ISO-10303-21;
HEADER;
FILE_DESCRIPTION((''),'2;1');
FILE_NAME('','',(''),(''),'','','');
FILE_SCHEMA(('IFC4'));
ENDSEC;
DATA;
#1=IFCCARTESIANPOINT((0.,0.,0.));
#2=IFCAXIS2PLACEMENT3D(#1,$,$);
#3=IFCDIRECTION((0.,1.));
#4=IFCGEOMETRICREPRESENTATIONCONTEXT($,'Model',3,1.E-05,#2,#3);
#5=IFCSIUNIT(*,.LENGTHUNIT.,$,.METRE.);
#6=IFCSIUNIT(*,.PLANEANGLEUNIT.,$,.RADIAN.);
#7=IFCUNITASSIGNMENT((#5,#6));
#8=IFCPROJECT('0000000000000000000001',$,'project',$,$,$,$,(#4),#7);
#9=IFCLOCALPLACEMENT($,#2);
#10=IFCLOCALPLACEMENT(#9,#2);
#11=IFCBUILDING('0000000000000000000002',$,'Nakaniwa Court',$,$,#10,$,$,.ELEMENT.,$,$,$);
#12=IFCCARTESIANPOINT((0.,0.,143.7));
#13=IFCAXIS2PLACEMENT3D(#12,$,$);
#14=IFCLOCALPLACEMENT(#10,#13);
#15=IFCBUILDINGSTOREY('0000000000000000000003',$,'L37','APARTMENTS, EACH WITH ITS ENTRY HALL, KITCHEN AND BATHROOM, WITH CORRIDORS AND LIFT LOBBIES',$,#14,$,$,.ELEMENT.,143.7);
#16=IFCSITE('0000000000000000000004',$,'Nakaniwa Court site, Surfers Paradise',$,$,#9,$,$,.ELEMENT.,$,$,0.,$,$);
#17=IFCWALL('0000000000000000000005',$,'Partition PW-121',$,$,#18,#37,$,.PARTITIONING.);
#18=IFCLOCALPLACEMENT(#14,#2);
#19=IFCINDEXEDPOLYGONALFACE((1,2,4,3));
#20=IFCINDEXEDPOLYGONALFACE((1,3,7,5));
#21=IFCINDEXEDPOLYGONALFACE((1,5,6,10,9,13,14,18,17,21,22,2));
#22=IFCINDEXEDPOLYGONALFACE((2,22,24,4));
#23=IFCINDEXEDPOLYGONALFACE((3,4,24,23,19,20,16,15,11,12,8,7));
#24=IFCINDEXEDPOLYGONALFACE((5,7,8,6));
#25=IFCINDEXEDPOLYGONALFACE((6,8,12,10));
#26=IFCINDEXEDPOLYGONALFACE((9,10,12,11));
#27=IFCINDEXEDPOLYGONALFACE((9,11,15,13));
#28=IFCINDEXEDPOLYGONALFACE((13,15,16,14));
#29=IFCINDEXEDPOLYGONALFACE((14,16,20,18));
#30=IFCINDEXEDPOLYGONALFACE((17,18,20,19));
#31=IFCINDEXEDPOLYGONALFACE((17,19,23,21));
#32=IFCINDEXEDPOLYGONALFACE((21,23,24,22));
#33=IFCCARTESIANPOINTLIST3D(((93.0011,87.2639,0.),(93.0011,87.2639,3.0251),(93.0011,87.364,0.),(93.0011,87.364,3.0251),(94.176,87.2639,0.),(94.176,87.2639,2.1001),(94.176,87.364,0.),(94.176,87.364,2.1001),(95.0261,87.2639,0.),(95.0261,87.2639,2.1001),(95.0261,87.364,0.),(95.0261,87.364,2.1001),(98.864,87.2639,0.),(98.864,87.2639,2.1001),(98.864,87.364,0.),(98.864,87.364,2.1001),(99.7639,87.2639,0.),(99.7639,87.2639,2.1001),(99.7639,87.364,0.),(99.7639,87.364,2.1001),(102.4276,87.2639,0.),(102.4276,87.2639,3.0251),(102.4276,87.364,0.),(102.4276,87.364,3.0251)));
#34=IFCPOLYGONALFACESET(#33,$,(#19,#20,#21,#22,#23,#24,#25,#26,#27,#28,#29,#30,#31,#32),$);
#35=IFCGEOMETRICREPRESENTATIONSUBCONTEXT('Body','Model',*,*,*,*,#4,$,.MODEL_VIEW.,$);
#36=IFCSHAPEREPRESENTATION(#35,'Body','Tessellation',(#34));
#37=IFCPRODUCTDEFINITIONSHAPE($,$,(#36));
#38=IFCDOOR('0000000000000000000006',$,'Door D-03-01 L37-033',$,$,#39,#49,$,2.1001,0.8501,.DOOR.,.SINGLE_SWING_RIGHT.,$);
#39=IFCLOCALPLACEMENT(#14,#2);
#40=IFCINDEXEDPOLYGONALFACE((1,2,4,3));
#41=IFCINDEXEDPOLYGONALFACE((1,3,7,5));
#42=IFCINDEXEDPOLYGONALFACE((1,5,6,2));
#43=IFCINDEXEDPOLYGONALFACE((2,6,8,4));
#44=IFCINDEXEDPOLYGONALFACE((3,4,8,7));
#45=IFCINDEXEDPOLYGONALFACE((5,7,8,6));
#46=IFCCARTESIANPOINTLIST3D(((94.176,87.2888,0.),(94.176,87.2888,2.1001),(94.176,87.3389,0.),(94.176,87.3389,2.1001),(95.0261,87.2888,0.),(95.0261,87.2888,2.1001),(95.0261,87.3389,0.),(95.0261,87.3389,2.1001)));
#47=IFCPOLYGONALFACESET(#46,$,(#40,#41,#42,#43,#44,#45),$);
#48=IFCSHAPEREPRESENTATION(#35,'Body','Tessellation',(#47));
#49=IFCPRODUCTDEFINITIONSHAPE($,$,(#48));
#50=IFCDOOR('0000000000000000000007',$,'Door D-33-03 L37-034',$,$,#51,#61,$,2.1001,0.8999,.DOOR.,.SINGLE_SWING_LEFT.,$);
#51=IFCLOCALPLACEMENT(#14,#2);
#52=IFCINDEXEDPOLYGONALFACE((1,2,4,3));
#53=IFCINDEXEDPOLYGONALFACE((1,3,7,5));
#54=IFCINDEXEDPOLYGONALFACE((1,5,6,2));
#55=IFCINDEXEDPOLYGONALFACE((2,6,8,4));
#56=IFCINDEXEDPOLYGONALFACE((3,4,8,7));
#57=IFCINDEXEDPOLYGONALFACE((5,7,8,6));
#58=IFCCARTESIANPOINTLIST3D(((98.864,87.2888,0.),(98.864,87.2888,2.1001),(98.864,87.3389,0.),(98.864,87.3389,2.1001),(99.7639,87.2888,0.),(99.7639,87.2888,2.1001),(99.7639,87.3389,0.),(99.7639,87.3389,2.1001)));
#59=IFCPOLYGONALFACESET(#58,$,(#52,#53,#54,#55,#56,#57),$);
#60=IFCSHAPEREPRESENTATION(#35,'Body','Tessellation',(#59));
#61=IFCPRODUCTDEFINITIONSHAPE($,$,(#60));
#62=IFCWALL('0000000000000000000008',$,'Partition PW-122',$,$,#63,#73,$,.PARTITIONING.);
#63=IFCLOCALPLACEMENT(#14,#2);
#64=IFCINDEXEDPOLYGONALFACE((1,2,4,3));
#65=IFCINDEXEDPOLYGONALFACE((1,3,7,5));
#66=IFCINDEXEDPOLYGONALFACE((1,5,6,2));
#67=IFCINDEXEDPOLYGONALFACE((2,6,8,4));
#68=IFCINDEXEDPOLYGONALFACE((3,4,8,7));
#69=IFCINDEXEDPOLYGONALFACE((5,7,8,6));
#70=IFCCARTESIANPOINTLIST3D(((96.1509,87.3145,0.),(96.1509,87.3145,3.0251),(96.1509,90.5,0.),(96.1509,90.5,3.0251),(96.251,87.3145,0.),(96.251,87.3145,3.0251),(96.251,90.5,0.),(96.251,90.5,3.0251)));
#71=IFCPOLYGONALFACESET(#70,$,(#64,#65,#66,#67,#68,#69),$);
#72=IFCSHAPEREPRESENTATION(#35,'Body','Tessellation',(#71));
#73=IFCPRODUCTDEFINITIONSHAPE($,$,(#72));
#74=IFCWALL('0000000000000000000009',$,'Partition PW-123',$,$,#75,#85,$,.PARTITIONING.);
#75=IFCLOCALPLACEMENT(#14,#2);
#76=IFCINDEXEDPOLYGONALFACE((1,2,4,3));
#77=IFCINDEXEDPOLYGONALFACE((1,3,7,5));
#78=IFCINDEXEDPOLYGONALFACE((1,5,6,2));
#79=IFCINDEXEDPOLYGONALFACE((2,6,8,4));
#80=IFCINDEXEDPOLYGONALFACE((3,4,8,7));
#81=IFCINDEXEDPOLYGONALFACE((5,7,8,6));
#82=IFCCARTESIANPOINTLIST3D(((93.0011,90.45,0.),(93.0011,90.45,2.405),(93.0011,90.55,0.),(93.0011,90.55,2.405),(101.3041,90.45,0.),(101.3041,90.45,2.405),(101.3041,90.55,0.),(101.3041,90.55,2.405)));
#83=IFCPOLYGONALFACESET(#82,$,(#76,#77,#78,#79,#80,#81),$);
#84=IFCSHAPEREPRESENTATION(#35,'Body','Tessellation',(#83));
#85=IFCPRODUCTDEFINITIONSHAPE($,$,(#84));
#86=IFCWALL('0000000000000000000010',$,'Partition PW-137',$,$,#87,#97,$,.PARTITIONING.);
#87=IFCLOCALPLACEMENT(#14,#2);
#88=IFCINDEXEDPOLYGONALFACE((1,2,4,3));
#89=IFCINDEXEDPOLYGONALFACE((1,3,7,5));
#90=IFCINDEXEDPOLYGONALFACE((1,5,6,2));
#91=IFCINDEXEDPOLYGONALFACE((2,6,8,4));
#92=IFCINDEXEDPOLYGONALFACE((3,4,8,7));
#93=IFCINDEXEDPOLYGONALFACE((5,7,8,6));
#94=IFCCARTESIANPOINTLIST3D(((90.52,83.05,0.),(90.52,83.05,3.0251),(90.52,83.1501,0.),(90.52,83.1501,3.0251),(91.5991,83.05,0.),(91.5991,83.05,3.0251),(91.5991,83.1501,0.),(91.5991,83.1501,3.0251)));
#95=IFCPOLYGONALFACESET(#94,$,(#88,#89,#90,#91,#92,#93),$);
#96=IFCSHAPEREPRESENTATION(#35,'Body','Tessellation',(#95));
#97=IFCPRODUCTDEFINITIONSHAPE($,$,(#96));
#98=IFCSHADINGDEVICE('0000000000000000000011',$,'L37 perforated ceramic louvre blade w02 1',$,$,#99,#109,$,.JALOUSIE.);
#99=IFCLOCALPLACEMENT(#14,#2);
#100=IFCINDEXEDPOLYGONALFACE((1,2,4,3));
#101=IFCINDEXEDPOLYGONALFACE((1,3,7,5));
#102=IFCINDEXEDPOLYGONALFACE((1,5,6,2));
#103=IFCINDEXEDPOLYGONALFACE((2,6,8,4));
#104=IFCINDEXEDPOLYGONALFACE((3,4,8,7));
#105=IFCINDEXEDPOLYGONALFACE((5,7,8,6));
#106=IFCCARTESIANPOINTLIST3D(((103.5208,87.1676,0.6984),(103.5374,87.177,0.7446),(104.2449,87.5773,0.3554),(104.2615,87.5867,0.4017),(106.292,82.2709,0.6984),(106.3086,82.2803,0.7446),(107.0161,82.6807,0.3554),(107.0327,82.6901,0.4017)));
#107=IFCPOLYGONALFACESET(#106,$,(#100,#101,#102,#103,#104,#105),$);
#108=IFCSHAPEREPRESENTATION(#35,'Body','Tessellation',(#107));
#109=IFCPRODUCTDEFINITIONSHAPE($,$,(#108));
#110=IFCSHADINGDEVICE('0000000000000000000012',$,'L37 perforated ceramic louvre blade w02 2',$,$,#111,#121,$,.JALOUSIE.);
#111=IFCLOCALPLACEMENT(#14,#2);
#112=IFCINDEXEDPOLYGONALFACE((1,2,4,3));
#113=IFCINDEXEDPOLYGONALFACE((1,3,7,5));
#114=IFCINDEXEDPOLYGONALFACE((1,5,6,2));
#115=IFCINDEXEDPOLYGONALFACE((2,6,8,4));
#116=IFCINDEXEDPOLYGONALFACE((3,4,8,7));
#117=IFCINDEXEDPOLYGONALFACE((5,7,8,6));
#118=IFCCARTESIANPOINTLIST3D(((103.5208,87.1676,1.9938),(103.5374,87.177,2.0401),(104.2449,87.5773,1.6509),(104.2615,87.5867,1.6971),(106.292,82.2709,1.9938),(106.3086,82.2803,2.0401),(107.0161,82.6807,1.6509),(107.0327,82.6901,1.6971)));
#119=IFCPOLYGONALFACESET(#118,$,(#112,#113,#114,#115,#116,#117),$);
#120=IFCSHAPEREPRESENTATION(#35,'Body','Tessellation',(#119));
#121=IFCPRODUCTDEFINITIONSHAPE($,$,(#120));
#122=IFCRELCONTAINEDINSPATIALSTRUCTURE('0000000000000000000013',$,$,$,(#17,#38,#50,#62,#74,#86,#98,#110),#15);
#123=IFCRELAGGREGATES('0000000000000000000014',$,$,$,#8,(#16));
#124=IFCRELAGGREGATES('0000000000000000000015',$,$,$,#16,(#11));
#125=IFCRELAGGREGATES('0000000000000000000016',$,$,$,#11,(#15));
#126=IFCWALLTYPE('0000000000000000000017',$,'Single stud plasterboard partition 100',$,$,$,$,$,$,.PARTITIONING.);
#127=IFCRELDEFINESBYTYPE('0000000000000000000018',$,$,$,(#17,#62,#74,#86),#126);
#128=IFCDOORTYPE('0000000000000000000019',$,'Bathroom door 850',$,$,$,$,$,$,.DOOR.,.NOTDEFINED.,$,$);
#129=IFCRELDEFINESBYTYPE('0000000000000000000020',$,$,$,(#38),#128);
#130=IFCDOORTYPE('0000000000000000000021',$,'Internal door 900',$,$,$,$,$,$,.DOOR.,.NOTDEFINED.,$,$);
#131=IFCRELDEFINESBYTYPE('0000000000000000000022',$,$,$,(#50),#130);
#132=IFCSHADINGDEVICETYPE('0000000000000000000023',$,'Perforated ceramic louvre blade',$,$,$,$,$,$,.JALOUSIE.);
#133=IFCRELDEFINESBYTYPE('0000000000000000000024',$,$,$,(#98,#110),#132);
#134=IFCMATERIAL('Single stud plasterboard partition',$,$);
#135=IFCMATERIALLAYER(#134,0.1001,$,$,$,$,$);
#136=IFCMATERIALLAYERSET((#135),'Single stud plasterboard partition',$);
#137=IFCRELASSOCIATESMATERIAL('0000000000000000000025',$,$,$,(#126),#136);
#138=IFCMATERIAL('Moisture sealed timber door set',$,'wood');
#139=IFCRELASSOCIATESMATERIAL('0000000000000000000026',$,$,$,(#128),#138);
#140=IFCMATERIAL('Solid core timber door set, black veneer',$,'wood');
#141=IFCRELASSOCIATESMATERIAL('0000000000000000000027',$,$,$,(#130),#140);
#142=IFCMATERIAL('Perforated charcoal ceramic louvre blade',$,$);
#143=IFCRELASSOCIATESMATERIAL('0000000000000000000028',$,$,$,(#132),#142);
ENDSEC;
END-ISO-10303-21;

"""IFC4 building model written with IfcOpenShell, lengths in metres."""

from ifc_helpers import new_model, si_unit, direction, frame, frame_2d, origin, origin_2d, place, context, subcontext, project, spatial, rectangle, extrude, material, layer, layer_set, material_profile, profile_set, type_object, element, fill, save


model = new_model("IFC4")

# Units and contexts
model_context = context("Model", 3, precision=1e-05, world=origin(), true_north=direction((0.0, 1.0)))
body_context = subcontext(model_context, "Body", "Model", "MODEL_VIEW")
ifc_project = project(units=[si_unit("LENGTHUNIT", "METRE"), si_unit("PLANEANGLEUNIT", "RADIAN")], contexts=[model_context])

# Site, building, storey
site_placement = place(None, origin())
site = spatial("IfcSite", under=ifc_project, at=site_placement, Name="Nakaniwa Court site, Surfers Paradise", CompositionType="ELEMENT", RefElevation=0.0)
building_placement = place(site_placement, origin())
building = spatial("IfcBuilding", under=site, at=building_placement, Name="Nakaniwa Court", CompositionType="ELEMENT")
storey_placement = place(building_placement, frame((0.0, 0.0, 143.7)))
storey = spatial("IfcBuildingStorey", under=building, at=storey_placement, Name="L37", Description="APARTMENTS, EACH WITH ITS ENTRY HALL, KITCHEN AND BATHROOM, WITH CORRIDORS AND LIFT LOBBIES", CompositionType="ELEMENT", Elevation=143.7)

# Shared definitions
ifc_material_1 = material(Name="Solid core timber door set, black veneer", Category="wood")

# Wall, openings, doors
ifc_material_2 = material(Name="Single stud plasterboard partition")
ifc_layer_1 = layer(ifc_material_2, 0.1001)
ifc_layer_set_1 = layer_set([ifc_layer_1], Name="Single stud plasterboard partition")
wall_type_1 = type_object("IfcWallType", Name="Single stud plasterboard partition 100", PredefinedType="PARTITIONING", material=ifc_layer_set_1)
wall_1_placement = place(storey_placement, frame((93.001, 87.314, 0.0), z_axis=(0.0, 0.0, 1.0), x_axis=(1.0, 0.0, 0.0)))
wall_1 = element("IfcWall", 1, at=wall_1_placement, inside=storey, type_object=wall_type_1, Name="Partition PW-121", PredefinedType="PARTITIONING", context=body_context, shape_type="SweptSolid", body=[
    extrude(rectangle(XDim=9.4265, YDim=0.1001, at=frame_2d((4.7134, 0.0))), origin(), (0.0, 0.0, 1.0), 3.0251),
])
opening_1_placement = place(wall_1_placement, frame((1.175, 0.0, 0.0)))
opening_1 = element("IfcOpeningElement", 2, at=opening_1_placement, cuts=wall_1, PredefinedType="OPENING", context=body_context, shape_type="SweptSolid", body=[
    extrude(rectangle(XDim=0.8501, YDim=2.1001, at=frame_2d((0.425, 1.05))), frame((0.0, 0.0601, 0.0), z_axis=(0.0, -1.0, 0.0), x_axis=(1.0, 0.0, 0.0)), (0.0, 0.0, 1.0), 0.1201),
])
opening_2_placement = place(wall_1_placement, frame((5.863, 0.0, 0.0)))
opening_2 = element("IfcOpeningElement", 3, at=opening_2_placement, cuts=wall_1, PredefinedType="OPENING", context=body_context, shape_type="SweptSolid", body=[
    extrude(rectangle(XDim=0.8999, YDim=2.1001, at=frame_2d((0.45, 1.05))), frame((0.0, 0.0601, 0.0), z_axis=(0.0, -1.0, 0.0), x_axis=(1.0, 0.0, 0.0)), (0.0, 0.0, 1.0), 0.1201),
])
ifc_material_3 = material(Name="Moisture sealed timber door set", Category="wood")
door_type_1 = type_object("IfcDoorType", Name="Bathroom door 850", OperationType="NOTDEFINED", PredefinedType="DOOR", material=ifc_material_3)
door_1_placement = place(opening_1_placement, origin())
door_1 = element("IfcDoor", 4, at=door_1_placement, inside=storey, type_object=door_type_1, Name="Door D-03-01 L37-033", OperationType="SINGLE_SWING_RIGHT", OverallHeight=2.1001, OverallWidth=0.8501, PredefinedType="DOOR", context=body_context, shape_type="SweptSolid", body=[
    extrude(rectangle(XDim=0.8501, YDim=2.1001, at=frame_2d((0.425, 1.05))), frame((0.0, 0.0249, 0.0), z_axis=(0.0, -1.0, 0.0), x_axis=(1.0, 0.0, 0.0)), (0.0, 0.0, 1.0), 0.05),
])
fill(opening_1, door_1)
door_type_2 = type_object("IfcDoorType", Name="Internal door 900", OperationType="NOTDEFINED", PredefinedType="DOOR", material=ifc_material_1)
door_2_placement = place(opening_2_placement, origin())
door_2 = element("IfcDoor", 5, at=door_2_placement, inside=storey, type_object=door_type_2, Name="Door D-33-03 L37-034", OperationType="SINGLE_SWING_LEFT", OverallHeight=2.1001, OverallWidth=0.8999, PredefinedType="DOOR", context=body_context, shape_type="SweptSolid", body=[
    extrude(rectangle(XDim=0.8999, YDim=2.1001, at=frame_2d((0.45, 1.05))), frame((0.0, 0.0249, 0.0), z_axis=(0.0, -1.0, 0.0), x_axis=(1.0, 0.0, 0.0)), (0.0, 0.0, 1.0), 0.05),
])
fill(opening_2, door_2)

# Walls
wall_2_placement = place(storey_placement, frame((96.2009, 87.3145, 0.0), z_axis=(0.0, 0.0, 1.0), x_axis=(0.0, 1.0, 0.0)))
element("IfcWall", 6, at=wall_2_placement, inside=storey, type_object=wall_type_1, Name="Partition PW-122", PredefinedType="PARTITIONING", context=body_context, shape_type="SweptSolid", body=[
    extrude(rectangle(XDim=3.1855, YDim=0.1001, at=frame_2d((1.5928, 0.0))), origin(), (0.0, 0.0, 1.0), 3.0251),
])
wall_3_placement = place(storey_placement, frame((93.0012, 90.5, 0.0), z_axis=(0.0, 0.0, 1.0), x_axis=(1.0, 0.0, 0.0)))
element("IfcWall", 7, at=wall_3_placement, inside=storey, type_object=wall_type_1, Name="Partition PW-123", PredefinedType="PARTITIONING", context=body_context, shape_type="SweptSolid", body=[
    extrude(rectangle(XDim=8.303, YDim=0.1001, at=frame_2d((4.1514, 0.0))), origin(), (0.0, 0.0, 1.0), 2.405),
])
wall_4_placement = place(storey_placement, frame((90.52, 83.1001, 0.0), z_axis=(0.0, 0.0, 1.0), x_axis=(1.0, 0.0, 0.0)))
element("IfcWall", 8, at=wall_4_placement, inside=storey, type_object=wall_type_1, Name="Partition PW-137", PredefinedType="PARTITIONING", context=body_context, shape_type="SweptSolid", body=[
    extrude(rectangle(XDim=1.0791, YDim=0.1001, at=frame_2d((0.5396, 0.0))), origin(), (0.0, 0.0, 1.0), 3.0251),
])

# Shading devices
ifc_material_4 = material(Name="Perforated charcoal ceramic louvre blade")
ifc_material_profile_1 = material_profile(ifc_material_4, rectangle(XDim=0.8999, YDim=0.05, at=origin_2d()), Name="Perforated ceramic louvre blade")
ifc_profile_set_1 = profile_set([ifc_material_profile_1], Name="Perforated charcoal ceramic louvre blade")
shading_device_type = type_object("IfcShadingDeviceType", Name="Perforated ceramic louvre blade", PredefinedType="JALOUSIE", material=ifc_profile_set_1)
for number, where, z_axis, x_axis, name in (
    (9, (106.6624, 82.4805, 0.55), (-0.492532, 0.870294, 0.0), (-0.804627, -0.455368, 0.38107), "L37 perforated ceramic louvre blade w02 1"),
    (10, (106.6624, 82.4805, 1.8455), (-0.492532, 0.870294, 0.0), (-0.804627, -0.455368, 0.38107), "L37 perforated ceramic louvre blade w02 2"),
):
    element("IfcShadingDevice", number, at=place(storey_placement, frame(where, z_axis=z_axis, x_axis=x_axis)), inside=storey, type_object=shading_device_type, Name=name, PredefinedType="JALOUSIE", context=body_context, shape_type="SweptSolid", body=[
        extrude(rectangle(XDim=0.8999, YDim=0.05, at=origin_2d()), origin(), (0.0, 0.0, 1.0), 5.6265),
    ])

save(model, "model.ifc")
